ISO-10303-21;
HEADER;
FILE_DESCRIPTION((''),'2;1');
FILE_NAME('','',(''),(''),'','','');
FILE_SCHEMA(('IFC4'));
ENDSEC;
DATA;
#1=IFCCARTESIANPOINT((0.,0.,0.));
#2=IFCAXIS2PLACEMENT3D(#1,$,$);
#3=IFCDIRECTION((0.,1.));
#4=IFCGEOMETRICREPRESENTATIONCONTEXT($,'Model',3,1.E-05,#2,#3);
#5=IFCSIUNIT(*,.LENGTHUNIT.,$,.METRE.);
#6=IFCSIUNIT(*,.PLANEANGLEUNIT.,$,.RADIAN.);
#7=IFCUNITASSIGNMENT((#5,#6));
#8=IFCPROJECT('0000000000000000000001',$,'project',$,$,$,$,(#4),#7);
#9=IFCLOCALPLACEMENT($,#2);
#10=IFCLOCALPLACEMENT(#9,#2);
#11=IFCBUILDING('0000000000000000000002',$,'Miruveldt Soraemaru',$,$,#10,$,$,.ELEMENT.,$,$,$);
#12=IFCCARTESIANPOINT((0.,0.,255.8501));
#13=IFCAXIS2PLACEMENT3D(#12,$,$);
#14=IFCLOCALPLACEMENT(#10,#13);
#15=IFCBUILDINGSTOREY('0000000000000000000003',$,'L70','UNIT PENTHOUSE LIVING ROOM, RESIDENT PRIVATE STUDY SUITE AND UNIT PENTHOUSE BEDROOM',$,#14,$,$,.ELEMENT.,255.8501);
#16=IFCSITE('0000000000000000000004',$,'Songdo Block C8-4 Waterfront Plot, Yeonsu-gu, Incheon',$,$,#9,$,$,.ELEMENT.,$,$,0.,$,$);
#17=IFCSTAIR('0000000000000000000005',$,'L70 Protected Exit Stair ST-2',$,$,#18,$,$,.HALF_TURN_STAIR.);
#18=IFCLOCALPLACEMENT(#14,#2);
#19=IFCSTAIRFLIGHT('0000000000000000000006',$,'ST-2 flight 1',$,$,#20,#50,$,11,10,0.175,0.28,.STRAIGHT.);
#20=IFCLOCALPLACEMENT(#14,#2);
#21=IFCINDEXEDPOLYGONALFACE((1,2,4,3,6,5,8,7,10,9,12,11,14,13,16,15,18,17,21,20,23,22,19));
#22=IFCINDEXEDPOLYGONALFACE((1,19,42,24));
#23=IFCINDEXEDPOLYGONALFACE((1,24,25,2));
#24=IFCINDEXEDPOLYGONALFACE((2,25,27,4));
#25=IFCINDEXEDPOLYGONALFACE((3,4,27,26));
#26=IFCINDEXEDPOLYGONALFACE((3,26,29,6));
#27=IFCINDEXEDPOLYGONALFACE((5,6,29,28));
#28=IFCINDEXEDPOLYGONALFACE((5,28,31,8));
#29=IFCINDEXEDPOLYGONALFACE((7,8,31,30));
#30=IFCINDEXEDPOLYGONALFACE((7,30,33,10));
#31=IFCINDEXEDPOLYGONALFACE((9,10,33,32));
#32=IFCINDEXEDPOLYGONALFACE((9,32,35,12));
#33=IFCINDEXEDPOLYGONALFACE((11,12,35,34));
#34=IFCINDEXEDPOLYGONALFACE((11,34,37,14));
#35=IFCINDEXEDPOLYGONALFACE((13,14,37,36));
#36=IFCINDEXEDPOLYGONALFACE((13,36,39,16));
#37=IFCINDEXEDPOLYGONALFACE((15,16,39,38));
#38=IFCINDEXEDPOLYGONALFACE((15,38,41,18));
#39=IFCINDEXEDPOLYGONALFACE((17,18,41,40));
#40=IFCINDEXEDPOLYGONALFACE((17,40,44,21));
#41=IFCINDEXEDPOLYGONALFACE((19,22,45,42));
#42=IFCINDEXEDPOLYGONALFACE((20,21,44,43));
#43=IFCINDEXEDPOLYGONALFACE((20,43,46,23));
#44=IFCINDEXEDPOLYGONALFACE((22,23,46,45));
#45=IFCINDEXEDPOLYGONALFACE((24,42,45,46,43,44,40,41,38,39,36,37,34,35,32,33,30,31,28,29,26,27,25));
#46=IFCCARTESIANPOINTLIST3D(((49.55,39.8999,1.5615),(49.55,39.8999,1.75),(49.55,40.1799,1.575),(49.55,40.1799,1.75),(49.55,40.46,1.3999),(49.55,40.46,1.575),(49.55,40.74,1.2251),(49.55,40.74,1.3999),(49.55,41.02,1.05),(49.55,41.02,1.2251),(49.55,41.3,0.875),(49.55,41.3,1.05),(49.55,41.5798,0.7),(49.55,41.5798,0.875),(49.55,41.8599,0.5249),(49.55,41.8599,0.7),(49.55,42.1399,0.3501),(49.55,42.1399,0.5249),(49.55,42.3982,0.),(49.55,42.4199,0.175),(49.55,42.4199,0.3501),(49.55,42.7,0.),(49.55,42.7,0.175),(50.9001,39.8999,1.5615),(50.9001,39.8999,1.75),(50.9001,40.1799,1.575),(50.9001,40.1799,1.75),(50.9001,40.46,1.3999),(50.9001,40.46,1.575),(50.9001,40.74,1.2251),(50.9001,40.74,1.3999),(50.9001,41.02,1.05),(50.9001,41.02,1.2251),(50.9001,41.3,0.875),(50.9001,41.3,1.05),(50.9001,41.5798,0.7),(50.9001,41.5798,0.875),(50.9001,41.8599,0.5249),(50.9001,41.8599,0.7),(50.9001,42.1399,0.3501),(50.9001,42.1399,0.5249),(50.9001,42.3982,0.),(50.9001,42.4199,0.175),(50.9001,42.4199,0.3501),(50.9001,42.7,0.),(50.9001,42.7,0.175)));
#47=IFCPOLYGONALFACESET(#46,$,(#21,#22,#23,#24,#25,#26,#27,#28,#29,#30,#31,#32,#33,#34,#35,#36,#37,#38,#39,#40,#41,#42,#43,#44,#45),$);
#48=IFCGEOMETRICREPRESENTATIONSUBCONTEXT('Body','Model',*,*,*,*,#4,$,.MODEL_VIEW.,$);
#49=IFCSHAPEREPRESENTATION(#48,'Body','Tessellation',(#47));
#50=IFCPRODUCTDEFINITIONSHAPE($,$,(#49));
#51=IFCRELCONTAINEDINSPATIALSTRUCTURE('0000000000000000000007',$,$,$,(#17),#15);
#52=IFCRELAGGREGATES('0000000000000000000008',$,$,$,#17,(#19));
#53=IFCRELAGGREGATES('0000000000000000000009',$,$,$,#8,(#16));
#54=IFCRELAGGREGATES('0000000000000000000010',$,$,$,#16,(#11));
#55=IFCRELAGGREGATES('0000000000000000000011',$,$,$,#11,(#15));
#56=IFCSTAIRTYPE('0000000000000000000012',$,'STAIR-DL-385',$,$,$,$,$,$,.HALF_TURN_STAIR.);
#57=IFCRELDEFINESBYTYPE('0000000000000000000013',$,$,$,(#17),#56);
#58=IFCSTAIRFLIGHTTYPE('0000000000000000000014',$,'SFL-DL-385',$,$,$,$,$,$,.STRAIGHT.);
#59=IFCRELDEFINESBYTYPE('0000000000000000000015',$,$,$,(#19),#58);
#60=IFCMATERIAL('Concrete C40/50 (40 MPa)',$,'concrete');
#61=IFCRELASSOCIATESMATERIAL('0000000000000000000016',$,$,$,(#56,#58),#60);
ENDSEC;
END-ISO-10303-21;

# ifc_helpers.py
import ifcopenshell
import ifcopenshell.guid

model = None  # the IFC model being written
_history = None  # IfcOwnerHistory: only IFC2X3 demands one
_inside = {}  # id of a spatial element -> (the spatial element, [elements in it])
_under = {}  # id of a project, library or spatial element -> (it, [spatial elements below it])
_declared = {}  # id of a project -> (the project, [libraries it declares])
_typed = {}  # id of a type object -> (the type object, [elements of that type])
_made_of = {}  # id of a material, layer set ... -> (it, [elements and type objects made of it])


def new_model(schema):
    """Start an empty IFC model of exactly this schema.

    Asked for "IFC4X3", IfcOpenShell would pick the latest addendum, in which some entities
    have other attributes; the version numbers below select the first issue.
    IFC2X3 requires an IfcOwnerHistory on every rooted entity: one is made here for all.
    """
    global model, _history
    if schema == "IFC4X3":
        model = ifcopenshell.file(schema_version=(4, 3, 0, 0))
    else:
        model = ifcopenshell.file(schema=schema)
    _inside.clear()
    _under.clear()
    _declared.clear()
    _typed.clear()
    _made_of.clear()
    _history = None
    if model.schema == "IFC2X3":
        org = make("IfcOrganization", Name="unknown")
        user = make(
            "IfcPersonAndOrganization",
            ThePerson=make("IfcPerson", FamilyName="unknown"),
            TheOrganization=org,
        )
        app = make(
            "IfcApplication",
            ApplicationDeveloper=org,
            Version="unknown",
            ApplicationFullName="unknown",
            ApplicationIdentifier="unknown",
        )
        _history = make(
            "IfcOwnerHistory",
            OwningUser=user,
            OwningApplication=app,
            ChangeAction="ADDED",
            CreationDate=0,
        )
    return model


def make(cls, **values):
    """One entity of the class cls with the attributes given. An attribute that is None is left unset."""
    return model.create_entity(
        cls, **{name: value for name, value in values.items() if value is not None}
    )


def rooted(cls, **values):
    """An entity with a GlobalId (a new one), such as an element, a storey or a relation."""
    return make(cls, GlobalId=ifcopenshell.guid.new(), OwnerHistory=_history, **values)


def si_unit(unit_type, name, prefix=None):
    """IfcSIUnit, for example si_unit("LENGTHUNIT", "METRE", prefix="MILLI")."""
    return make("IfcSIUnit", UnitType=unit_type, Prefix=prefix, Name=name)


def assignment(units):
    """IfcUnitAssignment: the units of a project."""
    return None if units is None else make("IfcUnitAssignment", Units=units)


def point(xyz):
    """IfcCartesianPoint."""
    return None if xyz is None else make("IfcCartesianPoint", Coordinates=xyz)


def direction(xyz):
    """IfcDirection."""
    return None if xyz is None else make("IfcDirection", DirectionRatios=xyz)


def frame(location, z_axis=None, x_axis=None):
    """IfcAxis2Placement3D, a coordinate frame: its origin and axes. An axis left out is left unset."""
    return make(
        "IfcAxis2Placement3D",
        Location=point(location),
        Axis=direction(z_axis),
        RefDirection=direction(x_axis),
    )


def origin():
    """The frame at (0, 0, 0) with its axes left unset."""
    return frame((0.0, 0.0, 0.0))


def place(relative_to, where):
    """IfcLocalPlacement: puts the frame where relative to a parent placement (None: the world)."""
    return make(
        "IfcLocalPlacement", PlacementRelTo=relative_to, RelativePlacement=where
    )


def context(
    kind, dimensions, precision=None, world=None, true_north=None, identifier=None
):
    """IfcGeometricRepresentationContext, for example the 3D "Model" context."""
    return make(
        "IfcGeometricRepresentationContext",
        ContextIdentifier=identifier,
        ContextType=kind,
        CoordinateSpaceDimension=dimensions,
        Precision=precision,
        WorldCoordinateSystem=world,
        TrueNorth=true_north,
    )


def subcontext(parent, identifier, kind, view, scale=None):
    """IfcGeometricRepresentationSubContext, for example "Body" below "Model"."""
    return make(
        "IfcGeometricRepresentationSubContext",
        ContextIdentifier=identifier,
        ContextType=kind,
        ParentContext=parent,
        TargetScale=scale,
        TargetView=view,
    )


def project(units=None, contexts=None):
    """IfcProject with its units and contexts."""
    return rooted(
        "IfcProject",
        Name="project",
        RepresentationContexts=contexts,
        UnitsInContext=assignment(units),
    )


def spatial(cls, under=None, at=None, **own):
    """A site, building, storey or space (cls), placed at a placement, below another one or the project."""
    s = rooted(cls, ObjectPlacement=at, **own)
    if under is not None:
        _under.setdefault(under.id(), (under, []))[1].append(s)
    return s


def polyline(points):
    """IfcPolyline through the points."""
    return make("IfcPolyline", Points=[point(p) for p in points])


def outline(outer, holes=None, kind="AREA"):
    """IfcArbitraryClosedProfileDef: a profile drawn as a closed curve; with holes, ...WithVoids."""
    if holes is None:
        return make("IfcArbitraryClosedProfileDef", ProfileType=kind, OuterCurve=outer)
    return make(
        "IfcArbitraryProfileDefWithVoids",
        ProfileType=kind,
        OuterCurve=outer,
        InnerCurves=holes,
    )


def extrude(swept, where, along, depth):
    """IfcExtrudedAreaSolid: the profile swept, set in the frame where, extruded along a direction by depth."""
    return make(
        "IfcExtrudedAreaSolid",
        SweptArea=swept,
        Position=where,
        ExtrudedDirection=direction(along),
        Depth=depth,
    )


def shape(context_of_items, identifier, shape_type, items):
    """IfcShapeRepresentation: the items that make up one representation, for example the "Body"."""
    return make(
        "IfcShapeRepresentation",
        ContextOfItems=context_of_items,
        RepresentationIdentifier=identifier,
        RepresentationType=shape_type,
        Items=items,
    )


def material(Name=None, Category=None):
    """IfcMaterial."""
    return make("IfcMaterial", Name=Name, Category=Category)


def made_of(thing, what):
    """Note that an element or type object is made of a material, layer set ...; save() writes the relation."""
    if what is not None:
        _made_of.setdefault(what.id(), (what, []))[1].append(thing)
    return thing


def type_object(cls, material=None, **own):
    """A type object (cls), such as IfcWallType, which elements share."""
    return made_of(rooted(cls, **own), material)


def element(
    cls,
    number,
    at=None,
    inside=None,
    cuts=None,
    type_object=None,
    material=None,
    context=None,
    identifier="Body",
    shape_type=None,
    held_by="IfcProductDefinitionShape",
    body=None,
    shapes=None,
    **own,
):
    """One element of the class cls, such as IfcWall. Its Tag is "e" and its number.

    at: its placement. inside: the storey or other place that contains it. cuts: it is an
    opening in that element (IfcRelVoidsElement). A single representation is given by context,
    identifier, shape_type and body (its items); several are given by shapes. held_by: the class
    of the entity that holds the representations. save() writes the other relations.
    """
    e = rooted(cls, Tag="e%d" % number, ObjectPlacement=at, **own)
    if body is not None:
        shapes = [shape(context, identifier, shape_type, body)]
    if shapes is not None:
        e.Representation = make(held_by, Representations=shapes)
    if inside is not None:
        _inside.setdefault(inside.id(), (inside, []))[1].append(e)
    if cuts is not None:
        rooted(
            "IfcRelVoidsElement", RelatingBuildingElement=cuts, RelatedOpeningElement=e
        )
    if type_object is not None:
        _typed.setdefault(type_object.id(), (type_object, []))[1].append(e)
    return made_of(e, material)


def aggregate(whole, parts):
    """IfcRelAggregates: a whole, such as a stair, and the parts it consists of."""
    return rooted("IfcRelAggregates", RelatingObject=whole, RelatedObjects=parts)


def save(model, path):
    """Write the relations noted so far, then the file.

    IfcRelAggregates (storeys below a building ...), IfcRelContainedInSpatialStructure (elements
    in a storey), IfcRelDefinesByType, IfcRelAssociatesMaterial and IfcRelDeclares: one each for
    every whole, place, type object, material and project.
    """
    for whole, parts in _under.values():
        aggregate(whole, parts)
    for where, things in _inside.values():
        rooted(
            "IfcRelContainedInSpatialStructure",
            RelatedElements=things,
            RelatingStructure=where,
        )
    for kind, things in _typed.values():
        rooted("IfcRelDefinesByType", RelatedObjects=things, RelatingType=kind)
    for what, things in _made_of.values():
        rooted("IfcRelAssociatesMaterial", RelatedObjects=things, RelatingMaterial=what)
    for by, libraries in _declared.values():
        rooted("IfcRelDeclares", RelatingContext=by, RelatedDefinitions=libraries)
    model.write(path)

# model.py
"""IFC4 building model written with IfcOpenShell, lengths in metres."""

from ifc_helpers import new_model, si_unit, direction, frame, origin, place, context, subcontext, project, spatial, polyline, outline, extrude, material, type_object, element, aggregate, save


model = new_model("IFC4")

# Units and contexts
model_context = context("Model", 3, precision=1e-05, world=origin(), true_north=direction((0.0, 1.0)))
body_context = subcontext(model_context, "Body", "Model", "MODEL_VIEW")
ifc_project = project(units=[si_unit("LENGTHUNIT", "METRE"), si_unit("PLANEANGLEUNIT", "RADIAN")], contexts=[model_context])

# Site, building, storey
site_placement = place(None, origin())
site = spatial("IfcSite", under=ifc_project, at=site_placement, Name="Songdo Block C8-4 Waterfront Plot, Yeonsu-gu, Incheon", CompositionType="ELEMENT", RefElevation=0.0)
building_placement = place(site_placement, origin())
building = spatial("IfcBuilding", under=site, at=building_placement, Name="Miruveldt Soraemaru", CompositionType="ELEMENT")
storey_placement = place(building_placement, frame((0.0, 0.0, 255.8501)))
storey = spatial("IfcBuildingStorey", under=building, at=storey_placement, Name="L70", Description="UNIT PENTHOUSE LIVING ROOM, RESIDENT PRIVATE STUDY SUITE AND UNIT PENTHOUSE BEDROOM", CompositionType="ELEMENT", Elevation=255.8501)

# Shared definitions
ifc_material_1 = material(Name="Concrete C40/50 (40 MPa)", Category="concrete")

# Stair, stair flight
stair_type = type_object("IfcStairType", Name="STAIR-DL-385", PredefinedType="HALF_TURN_STAIR", material=ifc_material_1)
stair_placement = place(storey_placement, origin())
stair = element("IfcStair", 1, at=stair_placement, inside=storey, type_object=stair_type, Name="L70 Protected Exit Stair ST-2", PredefinedType="HALF_TURN_STAIR")
stair_flight_type = type_object("IfcStairFlightType", Name="SFL-DL-385", PredefinedType="STRAIGHT", material=ifc_material_1)
stair_flight_placement = place(storey_placement, frame((50.2251, 42.7, 0.0), z_axis=(0.0, 0.0, 1.0), x_axis=(0.0, -1.0, 0.0)))
stair_flight = element("IfcStairFlight", 2, at=stair_flight_placement, type_object=stair_flight_type, Name="ST-2 flight 1", NumberOfRisers=11, NumberOfTreads=10, PredefinedType="STRAIGHT", RiserHeight=0.175, TreadLength=0.28, context=body_context, shape_type="SweptSolid", body=[
    extrude(outline(polyline([(0.0, 0.0), (0.0, 0.175), (0.28, 0.175), (0.28, 0.3501), (0.5601, 0.3501), (0.5601, 0.5249), (0.8401, 0.5249), (0.8401, 0.7), (1.1201, 0.7), (1.1201, 0.875), (1.3999, 0.875), (1.3999, 1.05), (1.6799, 1.05), (1.6799, 1.2251), (1.96, 1.2251), (1.96, 1.3999), (2.24, 1.3999), (2.24, 1.575), (2.52, 1.575), (2.52, 1.75), (2.8, 1.75), (2.8, 1.925), (2.8, 1.5615), (0.3018, 0.0), (0.0, 0.0)])), frame((0.0, 0.675, 0.0), z_axis=(0.0, -1.0, 0.0), x_axis=(1.0, 0.0, 0.0)), (0.0, 0.0, 1.0), 1.3501),
])
aggregate(stair, [stair_flight])

save(model, "model.ifc")
